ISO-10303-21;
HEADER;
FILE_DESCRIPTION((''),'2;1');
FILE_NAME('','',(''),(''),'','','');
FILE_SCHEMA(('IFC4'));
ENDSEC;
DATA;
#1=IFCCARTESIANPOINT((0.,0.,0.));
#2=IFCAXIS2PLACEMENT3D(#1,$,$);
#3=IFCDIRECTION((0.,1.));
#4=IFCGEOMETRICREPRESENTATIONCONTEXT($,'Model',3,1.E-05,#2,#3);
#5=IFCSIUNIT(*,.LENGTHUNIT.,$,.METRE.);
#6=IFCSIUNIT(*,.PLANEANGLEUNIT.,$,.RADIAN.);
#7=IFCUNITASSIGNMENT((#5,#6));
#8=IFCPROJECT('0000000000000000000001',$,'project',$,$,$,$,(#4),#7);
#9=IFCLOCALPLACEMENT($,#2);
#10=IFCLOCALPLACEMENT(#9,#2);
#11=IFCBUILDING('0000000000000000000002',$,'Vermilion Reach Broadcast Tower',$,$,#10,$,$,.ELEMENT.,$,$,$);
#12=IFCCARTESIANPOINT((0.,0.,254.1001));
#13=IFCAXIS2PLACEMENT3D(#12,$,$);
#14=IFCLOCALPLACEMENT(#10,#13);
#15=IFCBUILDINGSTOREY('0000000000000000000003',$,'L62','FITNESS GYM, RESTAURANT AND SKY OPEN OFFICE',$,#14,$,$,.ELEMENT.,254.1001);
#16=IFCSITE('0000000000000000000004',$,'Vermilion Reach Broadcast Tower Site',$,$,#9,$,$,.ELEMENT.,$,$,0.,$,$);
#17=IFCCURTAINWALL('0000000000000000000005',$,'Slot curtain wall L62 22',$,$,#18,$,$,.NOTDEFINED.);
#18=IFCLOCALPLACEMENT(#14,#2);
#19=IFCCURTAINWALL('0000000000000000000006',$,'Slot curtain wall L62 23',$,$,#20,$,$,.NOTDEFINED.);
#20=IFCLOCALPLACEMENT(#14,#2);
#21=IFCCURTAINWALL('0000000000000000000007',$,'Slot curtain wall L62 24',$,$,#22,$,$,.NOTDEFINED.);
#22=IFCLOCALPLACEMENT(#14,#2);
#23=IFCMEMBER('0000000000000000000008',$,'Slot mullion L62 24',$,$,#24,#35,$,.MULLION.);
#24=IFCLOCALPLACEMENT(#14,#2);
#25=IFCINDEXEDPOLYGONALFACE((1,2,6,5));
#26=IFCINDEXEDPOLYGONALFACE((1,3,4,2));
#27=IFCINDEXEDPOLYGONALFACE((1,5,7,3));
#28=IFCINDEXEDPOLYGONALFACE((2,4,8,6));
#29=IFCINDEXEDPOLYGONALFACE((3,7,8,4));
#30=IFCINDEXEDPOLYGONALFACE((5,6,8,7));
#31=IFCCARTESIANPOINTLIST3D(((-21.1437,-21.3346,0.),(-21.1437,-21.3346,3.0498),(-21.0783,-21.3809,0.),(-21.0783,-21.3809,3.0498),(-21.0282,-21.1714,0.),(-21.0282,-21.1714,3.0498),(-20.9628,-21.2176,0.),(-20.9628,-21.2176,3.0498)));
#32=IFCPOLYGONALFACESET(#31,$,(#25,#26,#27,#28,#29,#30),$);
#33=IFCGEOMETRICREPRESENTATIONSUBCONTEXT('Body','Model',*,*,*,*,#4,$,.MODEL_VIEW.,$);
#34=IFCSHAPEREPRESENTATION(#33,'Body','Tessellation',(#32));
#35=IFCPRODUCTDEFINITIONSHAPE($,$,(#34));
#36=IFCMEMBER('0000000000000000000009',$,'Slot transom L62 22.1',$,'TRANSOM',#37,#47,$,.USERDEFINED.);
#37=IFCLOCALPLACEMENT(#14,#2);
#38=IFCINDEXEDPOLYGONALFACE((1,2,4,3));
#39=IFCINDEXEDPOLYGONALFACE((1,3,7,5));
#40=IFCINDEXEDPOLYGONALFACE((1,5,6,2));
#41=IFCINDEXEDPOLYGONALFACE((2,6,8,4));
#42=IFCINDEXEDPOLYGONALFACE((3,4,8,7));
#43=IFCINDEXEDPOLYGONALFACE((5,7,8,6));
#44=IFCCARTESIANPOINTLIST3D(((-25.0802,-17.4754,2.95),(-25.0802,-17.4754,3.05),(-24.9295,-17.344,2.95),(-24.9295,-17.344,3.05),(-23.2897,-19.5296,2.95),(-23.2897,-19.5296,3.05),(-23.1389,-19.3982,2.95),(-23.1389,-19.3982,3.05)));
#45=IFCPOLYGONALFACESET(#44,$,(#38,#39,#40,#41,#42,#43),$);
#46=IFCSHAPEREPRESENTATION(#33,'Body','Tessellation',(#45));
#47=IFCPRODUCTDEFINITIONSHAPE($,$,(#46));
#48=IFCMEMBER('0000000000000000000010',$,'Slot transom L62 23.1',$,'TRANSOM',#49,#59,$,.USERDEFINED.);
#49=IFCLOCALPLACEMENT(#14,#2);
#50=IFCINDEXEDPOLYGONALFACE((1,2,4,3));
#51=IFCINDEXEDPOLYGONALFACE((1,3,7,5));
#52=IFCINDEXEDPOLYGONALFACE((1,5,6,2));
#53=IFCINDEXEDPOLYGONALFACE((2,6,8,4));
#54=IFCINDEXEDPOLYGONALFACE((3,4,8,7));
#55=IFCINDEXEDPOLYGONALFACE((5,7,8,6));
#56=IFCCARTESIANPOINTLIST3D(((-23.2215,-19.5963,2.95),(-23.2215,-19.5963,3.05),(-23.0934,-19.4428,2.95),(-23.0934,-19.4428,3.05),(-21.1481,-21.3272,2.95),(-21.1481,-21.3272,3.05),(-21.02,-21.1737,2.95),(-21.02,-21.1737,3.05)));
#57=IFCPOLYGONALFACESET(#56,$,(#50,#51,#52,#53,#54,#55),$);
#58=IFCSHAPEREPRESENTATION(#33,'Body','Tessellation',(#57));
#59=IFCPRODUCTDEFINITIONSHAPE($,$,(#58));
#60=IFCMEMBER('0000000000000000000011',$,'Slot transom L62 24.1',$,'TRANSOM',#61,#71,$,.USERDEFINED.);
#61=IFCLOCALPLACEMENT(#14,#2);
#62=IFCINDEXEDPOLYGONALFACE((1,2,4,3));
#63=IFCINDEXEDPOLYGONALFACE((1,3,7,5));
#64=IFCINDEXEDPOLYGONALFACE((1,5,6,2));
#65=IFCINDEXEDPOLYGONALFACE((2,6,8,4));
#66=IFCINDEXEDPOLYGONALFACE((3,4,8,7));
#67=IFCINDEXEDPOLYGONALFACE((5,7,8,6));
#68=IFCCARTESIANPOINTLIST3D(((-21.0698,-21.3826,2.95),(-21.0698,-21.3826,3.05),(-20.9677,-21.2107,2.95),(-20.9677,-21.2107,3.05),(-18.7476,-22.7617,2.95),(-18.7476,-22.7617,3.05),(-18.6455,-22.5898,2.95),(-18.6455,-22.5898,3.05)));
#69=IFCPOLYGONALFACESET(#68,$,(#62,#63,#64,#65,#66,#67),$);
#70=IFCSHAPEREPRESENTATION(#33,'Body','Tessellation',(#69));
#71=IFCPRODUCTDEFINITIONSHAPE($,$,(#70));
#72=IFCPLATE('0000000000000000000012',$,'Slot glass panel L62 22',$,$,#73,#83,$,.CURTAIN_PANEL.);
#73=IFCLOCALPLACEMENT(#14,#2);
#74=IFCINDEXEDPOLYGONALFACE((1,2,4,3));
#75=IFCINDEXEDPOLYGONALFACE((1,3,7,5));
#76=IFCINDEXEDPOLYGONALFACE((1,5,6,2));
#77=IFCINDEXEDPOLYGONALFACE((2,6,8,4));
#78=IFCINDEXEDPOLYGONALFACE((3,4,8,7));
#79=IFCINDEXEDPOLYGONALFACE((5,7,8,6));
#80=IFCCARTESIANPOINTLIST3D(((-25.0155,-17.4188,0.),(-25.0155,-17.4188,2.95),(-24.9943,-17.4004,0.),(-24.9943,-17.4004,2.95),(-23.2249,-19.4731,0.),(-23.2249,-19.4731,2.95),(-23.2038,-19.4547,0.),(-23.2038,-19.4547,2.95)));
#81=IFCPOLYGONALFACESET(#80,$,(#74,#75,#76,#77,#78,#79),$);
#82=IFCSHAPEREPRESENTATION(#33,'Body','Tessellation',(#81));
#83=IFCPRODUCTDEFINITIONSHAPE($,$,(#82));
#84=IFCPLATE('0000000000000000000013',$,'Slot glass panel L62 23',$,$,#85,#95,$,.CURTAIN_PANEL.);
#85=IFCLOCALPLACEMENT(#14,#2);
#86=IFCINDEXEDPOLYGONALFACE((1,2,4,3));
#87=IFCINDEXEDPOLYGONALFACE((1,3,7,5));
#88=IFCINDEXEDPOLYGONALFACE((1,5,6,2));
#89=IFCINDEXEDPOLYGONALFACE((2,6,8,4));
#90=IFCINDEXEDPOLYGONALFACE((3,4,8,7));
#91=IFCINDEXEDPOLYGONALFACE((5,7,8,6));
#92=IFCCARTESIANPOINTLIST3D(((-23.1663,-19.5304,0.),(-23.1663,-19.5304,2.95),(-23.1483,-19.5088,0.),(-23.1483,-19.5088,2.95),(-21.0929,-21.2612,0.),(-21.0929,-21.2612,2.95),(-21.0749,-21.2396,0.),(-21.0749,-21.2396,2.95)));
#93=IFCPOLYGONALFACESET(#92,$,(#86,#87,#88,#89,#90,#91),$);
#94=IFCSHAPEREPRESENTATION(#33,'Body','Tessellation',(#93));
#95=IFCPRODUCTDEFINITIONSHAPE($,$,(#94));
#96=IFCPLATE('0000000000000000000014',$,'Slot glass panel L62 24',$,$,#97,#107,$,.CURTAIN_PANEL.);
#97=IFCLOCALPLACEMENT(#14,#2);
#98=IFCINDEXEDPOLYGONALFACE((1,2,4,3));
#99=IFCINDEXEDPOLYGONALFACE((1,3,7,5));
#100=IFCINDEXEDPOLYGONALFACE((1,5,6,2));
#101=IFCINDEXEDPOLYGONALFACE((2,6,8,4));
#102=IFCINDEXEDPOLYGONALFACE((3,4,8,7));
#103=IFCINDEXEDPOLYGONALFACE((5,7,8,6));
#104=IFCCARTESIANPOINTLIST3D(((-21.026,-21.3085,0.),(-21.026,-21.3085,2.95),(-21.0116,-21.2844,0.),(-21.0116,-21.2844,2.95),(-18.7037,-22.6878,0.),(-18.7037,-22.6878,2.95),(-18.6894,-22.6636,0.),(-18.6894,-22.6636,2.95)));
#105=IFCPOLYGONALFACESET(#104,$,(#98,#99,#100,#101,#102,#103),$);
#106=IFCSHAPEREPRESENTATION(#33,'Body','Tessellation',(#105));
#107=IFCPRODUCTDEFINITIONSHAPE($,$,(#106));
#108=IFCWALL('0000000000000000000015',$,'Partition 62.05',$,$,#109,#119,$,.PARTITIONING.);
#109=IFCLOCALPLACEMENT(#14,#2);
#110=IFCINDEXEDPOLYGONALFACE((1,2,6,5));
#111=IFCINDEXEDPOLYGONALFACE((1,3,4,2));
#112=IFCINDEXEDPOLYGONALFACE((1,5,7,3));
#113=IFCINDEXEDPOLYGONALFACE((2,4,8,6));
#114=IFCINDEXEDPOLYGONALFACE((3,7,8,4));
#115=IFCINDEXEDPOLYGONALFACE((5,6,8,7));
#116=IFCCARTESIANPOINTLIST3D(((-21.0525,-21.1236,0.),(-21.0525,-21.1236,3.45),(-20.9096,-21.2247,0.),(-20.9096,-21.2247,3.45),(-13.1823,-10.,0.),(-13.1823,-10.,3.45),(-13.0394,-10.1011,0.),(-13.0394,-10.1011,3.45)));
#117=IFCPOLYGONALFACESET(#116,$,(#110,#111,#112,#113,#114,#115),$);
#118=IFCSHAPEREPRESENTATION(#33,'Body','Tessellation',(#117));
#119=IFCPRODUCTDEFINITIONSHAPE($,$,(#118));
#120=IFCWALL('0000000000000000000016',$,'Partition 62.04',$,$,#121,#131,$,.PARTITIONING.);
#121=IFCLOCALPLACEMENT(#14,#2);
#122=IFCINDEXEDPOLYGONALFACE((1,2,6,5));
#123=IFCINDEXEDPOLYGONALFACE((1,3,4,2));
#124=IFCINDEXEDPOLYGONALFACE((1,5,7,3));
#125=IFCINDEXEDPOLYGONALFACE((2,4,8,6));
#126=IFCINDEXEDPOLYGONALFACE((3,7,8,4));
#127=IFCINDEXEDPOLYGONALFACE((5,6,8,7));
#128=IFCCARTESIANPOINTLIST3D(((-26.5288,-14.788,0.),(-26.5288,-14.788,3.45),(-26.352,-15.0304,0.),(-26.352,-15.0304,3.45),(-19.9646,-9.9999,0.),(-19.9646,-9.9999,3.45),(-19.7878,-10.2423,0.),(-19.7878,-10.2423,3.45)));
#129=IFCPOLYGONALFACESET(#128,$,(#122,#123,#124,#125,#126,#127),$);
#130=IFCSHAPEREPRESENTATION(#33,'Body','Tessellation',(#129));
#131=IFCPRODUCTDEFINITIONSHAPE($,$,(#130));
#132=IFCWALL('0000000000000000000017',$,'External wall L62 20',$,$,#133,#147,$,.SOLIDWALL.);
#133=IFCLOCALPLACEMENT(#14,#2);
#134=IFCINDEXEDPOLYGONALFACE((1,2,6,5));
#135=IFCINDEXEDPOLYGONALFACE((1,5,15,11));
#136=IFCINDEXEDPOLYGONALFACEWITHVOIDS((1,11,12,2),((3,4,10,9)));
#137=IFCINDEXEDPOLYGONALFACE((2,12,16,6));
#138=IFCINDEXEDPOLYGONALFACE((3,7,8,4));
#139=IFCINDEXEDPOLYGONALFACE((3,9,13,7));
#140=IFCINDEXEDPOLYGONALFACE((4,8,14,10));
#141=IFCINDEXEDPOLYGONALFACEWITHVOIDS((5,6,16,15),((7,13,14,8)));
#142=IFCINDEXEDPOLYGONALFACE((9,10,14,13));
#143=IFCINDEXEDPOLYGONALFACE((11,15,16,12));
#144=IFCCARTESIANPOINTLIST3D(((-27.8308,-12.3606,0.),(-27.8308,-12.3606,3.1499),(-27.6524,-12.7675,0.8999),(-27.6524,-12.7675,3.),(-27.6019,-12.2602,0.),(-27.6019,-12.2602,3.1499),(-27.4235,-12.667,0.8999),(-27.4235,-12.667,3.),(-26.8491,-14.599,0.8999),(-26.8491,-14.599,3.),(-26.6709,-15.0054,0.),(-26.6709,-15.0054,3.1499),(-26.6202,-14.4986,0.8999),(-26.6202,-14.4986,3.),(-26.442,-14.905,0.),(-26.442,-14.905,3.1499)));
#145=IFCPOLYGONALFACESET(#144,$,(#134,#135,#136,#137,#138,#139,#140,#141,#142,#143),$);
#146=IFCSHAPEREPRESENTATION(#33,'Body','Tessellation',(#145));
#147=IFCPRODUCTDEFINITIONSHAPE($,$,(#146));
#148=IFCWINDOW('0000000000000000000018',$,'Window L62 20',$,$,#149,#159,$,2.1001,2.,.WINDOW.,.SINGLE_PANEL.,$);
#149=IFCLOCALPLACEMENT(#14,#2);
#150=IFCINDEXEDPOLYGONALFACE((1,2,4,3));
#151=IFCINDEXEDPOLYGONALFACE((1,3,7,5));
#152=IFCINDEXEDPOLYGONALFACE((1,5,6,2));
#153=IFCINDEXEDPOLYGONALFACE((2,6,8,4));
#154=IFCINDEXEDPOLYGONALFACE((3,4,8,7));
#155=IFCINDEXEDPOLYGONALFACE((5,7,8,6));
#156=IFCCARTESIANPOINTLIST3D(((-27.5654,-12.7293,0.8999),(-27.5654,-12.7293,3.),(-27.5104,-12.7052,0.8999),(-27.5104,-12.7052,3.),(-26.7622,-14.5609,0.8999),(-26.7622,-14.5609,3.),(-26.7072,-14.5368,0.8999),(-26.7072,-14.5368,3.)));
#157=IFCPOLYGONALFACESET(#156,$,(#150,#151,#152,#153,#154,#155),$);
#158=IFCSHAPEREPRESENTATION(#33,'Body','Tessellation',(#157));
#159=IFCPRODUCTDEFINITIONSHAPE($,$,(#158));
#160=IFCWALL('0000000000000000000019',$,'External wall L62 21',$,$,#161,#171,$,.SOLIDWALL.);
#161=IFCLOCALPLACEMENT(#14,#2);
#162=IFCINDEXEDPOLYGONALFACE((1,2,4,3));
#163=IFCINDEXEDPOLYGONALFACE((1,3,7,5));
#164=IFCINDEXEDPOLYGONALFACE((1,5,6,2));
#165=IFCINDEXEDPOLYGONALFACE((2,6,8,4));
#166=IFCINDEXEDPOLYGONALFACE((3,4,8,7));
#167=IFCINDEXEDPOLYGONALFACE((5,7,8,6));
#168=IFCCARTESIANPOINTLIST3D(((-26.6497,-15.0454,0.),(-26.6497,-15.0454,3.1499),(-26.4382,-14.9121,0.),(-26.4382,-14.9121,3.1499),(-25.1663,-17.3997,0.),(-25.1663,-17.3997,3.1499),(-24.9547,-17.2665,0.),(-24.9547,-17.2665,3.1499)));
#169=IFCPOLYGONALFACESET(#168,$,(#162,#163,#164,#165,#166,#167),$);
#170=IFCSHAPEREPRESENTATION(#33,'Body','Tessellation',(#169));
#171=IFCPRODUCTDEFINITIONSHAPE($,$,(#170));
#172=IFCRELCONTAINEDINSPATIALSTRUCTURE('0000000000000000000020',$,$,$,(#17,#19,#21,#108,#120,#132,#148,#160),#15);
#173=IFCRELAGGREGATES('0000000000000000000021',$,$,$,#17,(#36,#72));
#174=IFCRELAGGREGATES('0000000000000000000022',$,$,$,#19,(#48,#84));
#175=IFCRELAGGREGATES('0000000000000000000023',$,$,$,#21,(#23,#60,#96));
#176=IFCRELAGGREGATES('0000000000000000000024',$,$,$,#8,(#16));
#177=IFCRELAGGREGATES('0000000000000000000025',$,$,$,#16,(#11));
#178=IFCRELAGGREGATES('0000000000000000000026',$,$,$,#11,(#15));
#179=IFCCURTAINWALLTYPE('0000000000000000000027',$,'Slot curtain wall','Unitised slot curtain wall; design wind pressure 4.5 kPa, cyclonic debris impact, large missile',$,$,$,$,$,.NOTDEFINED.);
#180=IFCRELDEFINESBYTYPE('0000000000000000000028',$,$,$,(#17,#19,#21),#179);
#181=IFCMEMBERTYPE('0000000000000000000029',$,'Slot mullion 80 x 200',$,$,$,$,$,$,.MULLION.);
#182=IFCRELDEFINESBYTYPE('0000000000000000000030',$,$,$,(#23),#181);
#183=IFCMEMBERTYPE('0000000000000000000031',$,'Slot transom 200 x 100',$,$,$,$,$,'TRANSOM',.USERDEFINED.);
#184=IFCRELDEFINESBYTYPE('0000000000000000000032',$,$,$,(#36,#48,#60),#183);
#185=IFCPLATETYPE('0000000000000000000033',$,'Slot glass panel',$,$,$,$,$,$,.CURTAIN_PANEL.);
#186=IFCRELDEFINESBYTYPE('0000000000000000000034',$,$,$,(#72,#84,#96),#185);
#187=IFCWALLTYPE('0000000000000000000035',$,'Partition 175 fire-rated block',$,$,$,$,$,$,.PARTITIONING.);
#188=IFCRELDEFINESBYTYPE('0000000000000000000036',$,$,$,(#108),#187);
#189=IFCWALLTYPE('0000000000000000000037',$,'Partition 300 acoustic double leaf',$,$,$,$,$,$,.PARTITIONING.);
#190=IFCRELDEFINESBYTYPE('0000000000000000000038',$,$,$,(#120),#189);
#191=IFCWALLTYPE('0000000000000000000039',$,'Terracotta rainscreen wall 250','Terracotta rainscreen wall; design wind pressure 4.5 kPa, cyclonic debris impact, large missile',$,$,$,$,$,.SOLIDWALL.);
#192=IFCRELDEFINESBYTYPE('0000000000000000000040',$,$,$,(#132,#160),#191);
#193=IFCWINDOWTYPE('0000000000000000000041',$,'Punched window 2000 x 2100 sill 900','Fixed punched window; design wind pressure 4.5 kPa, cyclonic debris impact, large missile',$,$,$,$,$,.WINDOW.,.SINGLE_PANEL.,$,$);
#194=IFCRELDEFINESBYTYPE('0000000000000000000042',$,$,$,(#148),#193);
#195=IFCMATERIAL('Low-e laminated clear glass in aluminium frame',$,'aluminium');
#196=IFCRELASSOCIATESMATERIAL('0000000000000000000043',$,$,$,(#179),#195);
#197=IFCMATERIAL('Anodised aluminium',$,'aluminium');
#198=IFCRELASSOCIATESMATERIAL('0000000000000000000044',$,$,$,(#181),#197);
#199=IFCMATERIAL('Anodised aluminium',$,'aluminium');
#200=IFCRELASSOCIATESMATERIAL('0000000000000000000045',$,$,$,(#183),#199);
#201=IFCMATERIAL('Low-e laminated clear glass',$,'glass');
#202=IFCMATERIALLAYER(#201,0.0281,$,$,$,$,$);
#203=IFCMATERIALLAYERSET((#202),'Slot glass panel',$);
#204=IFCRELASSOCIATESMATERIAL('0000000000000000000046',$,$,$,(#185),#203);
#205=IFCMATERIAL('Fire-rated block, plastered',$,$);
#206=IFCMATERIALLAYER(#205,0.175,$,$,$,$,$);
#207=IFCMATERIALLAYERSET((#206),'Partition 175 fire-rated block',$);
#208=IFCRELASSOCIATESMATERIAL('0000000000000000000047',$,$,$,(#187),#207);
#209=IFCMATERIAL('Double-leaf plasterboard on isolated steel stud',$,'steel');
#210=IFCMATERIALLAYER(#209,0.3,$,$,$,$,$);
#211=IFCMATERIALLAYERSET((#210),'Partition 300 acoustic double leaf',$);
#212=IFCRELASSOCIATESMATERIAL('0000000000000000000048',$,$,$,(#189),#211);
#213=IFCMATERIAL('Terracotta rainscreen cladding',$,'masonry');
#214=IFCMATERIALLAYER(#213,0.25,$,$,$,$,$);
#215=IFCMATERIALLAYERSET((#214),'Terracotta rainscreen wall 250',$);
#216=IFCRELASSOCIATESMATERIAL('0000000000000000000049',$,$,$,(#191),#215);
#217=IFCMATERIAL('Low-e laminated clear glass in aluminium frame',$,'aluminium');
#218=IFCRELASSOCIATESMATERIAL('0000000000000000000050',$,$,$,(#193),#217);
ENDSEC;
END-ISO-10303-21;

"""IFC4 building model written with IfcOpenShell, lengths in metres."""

from ifc_helpers import new_model, si_unit, direction, frame, frame_2d, origin, origin_2d, place, context, subcontext, project, spatial, rectangle, extrude, material, layer, layer_set, material_profile, profile_set, type_object, element, fill, aggregate, save


model = new_model("IFC4")

# Units and contexts
model_context = context("Model", 3, precision=1e-05, world=origin(), true_north=direction((0.0, 1.0)))
body_context = subcontext(model_context, "Body", "Model", "MODEL_VIEW")
ifc_project = project(units=[si_unit("LENGTHUNIT", "METRE"), si_unit("PLANEANGLEUNIT", "RADIAN")], contexts=[model_context])

# Site, building, storey
site_placement = place(None, origin())
site = spatial("IfcSite", under=ifc_project, at=site_placement, Name="Vermilion Reach Broadcast Tower Site", CompositionType="ELEMENT", RefElevation=0.0)
building_placement = place(site_placement, origin())
building = spatial("IfcBuilding", under=site, at=building_placement, Name="Vermilion Reach Broadcast Tower", CompositionType="ELEMENT")
storey_placement = place(building_placement, frame((0.0, 0.0, 254.1001)))
storey = spatial("IfcBuildingStorey", under=building, at=storey_placement, Name="L62", Description="FITNESS GYM, RESTAURANT AND SKY OPEN OFFICE", CompositionType="ELEMENT", Elevation=254.1001)

# Curtain walls, member
ifc_material_1 = material(Name="Low-e laminated clear glass in aluminium frame", Category="aluminium")
curtain_wall_type = type_object("IfcCurtainWallType", Name="Slot curtain wall", Description="Unitised slot curtain wall; design wind pressure 4.5 kPa, cyclonic debris impact, large missile", PredefinedType="NOTDEFINED", material=ifc_material_1)
placement = place(storey_placement, origin())
curtain_wall_1 = element("IfcCurtainWall", 1, at=placement, inside=storey, type_object=curtain_wall_type, Name="Slot curtain wall L62 22", PredefinedType="NOTDEFINED")
ifc_material_2 = material(Name="Anodised aluminium", Category="aluminium")
ifc_material_profile_1 = material_profile(ifc_material_2, rectangle(XDim=0.2, YDim=0.0801, at=origin_2d()), Name="Slot mullion 80 x 200")
ifc_profile_set_1 = profile_set([ifc_material_profile_1], Name="Anodised aluminium")
member_type_1 = type_object("IfcMemberType", Name="Slot mullion 80 x 200", PredefinedType="MULLION", material=ifc_profile_set_1)
curtain_wall_2 = element("IfcCurtainWall", 2, at=placement, inside=storey, type_object=curtain_wall_type, Name="Slot curtain wall L62 23", PredefinedType="NOTDEFINED")
curtain_wall_3 = element("IfcCurtainWall", 3, at=placement, inside=storey, type_object=curtain_wall_type, Name="Slot curtain wall L62 24", PredefinedType="NOTDEFINED")
member_1_placement = place(storey_placement, frame((-21.0532, -21.2761, 0.0), z_axis=(0.0, 0.0, 1.0), x_axis=(0.577573, 0.816339, 0.0)))
member_1 = element("IfcMember", 4, at=member_1_placement, type_object=member_type_1, Name="Slot mullion L62 24", PredefinedType="MULLION", context=body_context, shape_type="SweptSolid", body=[
    extrude(rectangle(XDim=0.2, YDim=0.0801, at=origin_2d()), origin(), (0.0, 0.0, 1.0), 3.0498),
])

# Members
ifc_material_3 = material(Name="Anodised aluminium", Category="aluminium")
ifc_material_profile_2 = material_profile(ifc_material_3, rectangle(XDim=0.2, YDim=0.1001, at=origin_2d()), Name="Slot transom 200 x 100")
ifc_profile_set_2 = profile_set([ifc_material_profile_2], Name="Anodised aluminium")
member_type_2 = type_object("IfcMemberType", Name="Slot transom 200 x 100", ElementType="TRANSOM", PredefinedType="USERDEFINED", material=ifc_profile_set_2)
member_2_placement = place(storey_placement, frame((-25.0049, -17.4097, 3.0), z_axis=(0.65707, -0.75383, 0.0), x_axis=(0.75383, 0.65707, 0.0)))
member_2 = element("IfcMember", 5, at=member_2_placement, type_object=member_type_2, Name="Slot transom L62 22.1", ObjectType="TRANSOM", PredefinedType="USERDEFINED", context=body_context, shape_type="SweptSolid", body=[
    extrude(rectangle(XDim=0.2, YDim=0.1001, at=origin_2d()), origin(), (0.0, 0.0, 1.0), 2.7251),
])
member_3_placement = place(storey_placement, frame((-23.1575, -19.5195, 3.0), z_axis=(0.767665, -0.640851, 0.0), x_axis=(0.640851, 0.767665, 0.0)))
member_3 = element("IfcMember", 6, at=member_3_placement, type_object=member_type_2, Name="Slot transom L62 23.1", ObjectType="TRANSOM", PredefinedType="USERDEFINED", context=body_context, shape_type="SweptSolid", body=[
    extrude(rectangle(XDim=0.2, YDim=0.1001, at=origin_2d()), origin(), (0.0, 0.0, 1.0), 2.7009),
])
member_4_placement = place(storey_placement, frame((-21.0188, -21.2966, 3.0), z_axis=(0.859805, -0.510622, 0.0), x_axis=(0.510622, 0.859805, 0.0)))
member_4 = element("IfcMember", 7, at=member_4_placement, type_object=member_type_2, Name="Slot transom L62 24.1", ObjectType="TRANSOM", PredefinedType="USERDEFINED", context=body_context, shape_type="SweptSolid", body=[
    extrude(rectangle(XDim=0.2, YDim=0.1001, at=origin_2d()), origin(), (0.0, 0.0, 1.0), 2.7009),
])

# Plates
ifc_material_4 = material(Name="Low-e laminated clear glass", Category="glass")
ifc_layer_1 = layer(ifc_material_4, 0.0281)
ifc_layer_set_1 = layer_set([ifc_layer_1], Name="Slot glass panel")
plate_type = type_object("IfcPlateType", Name="Slot glass panel", PredefinedType="CURTAIN_PANEL", material=ifc_layer_set_1)
plate_1_placement = place(storey_placement, frame((-24.1096, -18.4368, 0.0), z_axis=(0.0, 0.0, 1.0), x_axis=(0.657052, -0.753845, 0.0)))
plate_1 = element("IfcPlate", 8, at=plate_1_placement, type_object=plate_type, Name="Slot glass panel L62 22", PredefinedType="CURTAIN_PANEL", context=body_context, shape_type="SweptSolid", body=[
    extrude(rectangle(XDim=2.7251, YDim=0.0281, at=origin_2d()), origin(), (0.0, 0.0, 1.0), 2.95),
])
aggregate(curtain_wall_1, [member_2, plate_1])
plate_2_placement = place(storey_placement, frame((-22.1206, -20.385, 0.0), z_axis=(0.0, 0.0, 1.0), x_axis=(0.767688, -0.640823, 0.0)))
plate_2 = element("IfcPlate", 9, at=plate_2_placement, type_object=plate_type, Name="Slot glass panel L62 23", PredefinedType="CURTAIN_PANEL", context=body_context, shape_type="SweptSolid", body=[
    extrude(rectangle(XDim=2.7009, YDim=0.0281, at=origin_2d()), origin(), (0.0, 0.0, 1.0), 2.95),
])
aggregate(curtain_wall_2, [member_3, plate_2])
plate_3_placement = place(storey_placement, frame((-19.8577, -21.9861, 0.0), z_axis=(0.0, 0.0, 1.0), x_axis=(0.859792, -0.510645, 0.0)))
plate_3 = element("IfcPlate", 10, at=plate_3_placement, type_object=plate_type, Name="Slot glass panel L62 24", PredefinedType="CURTAIN_PANEL", context=body_context, shape_type="SweptSolid", body=[
    extrude(rectangle(XDim=2.7009, YDim=0.0281, at=origin_2d()), origin(), (0.0, 0.0, 1.0), 2.95),
])
aggregate(curtain_wall_3, [member_1, member_4, plate_3])

# Walls
ifc_material_5 = material(Name="Fire-rated block, plastered")
ifc_layer_2 = layer(ifc_material_5, 0.175)
ifc_layer_set_2 = layer_set([ifc_layer_2], Name="Partition 175 fire-rated block")
wall_type_1 = type_object("IfcWallType", Name="Partition 175 fire-rated block", PredefinedType="PARTITIONING", material=ifc_layer_set_2)
wall_1_placement = place(storey_placement, frame((-20.981, -21.1741, 0.0), z_axis=(0.0, 0.0, 1.0), x_axis=(0.577575, 0.816338, 0.0)))
element("IfcWall", 11, at=wall_1_placement, inside=storey, type_object=wall_type_1, Name="Partition 62.05", PredefinedType="PARTITIONING", context=body_context, shape_type="SweptSolid", body=[
    extrude(rectangle(XDim=13.6262, YDim=0.175, at=frame_2d((6.813, 0.0))), origin(), (0.0, 0.0, 1.0), 3.45),
])
ifc_material_6 = material(Name="Double-leaf plasterboard on isolated steel stud", Category="steel")
ifc_layer_3 = layer(ifc_material_6, 0.3)
ifc_layer_set_3 = layer_set([ifc_layer_3], Name="Partition 300 acoustic double leaf")
wall_type_2 = type_object("IfcWallType", Name="Partition 300 acoustic double leaf", PredefinedType="PARTITIONING", material=ifc_layer_set_3)
wall_2_placement = place(storey_placement, frame((-26.4404, -14.9092, 0.0), z_axis=(0.0, 0.0, 1.0), x_axis=(0.807909, 0.589307, 0.0)))
element("IfcWall", 12, at=wall_2_placement, inside=storey, type_object=wall_type_2, Name="Partition 62.04", PredefinedType="PARTITIONING", context=body_context, shape_type="SweptSolid", body=[
    extrude(rectangle(XDim=8.125, YDim=0.3, at=frame_2d((4.0625, 0.0))), origin(), (0.0, 0.0, 1.0), 3.45),
])

# Wall, opening, window
ifc_material_7 = material(Name="Terracotta rainscreen cladding", Category="masonry")
ifc_layer_4 = layer(ifc_material_7, 0.25)
ifc_layer_set_4 = layer_set([ifc_layer_4], Name="Terracotta rainscreen wall 250")
wall_type_3 = type_object("IfcWallType", Name="Terracotta rainscreen wall 250", Description="Terracotta rainscreen wall; design wind pressure 4.5 kPa, cyclonic debris impact, large missile", PredefinedType="SOLIDWALL", material=ifc_layer_set_4)
wall_3_placement = place(storey_placement, frame((-27.7163, -12.3105, 0.0), z_axis=(0.0, 0.0, 1.0), x_axis=(0.401639, -0.915798, 0.0)))
wall_3 = element("IfcWall", 13, at=wall_3_placement, inside=storey, type_object=wall_type_3, Name="External wall L62 20", PredefinedType="SOLIDWALL", context=body_context, shape_type="SweptSolid", body=[
    extrude(rectangle(XDim=2.8879, YDim=0.25, at=frame_2d((1.4438, 0.0))), origin(), (0.0, 0.0, 1.0), 3.1499),
])
opening_placement = place(wall_3_placement, frame((0.4441, 0.0, 0.8999)))
opening = element("IfcOpeningElement", 14, at=opening_placement, cuts=wall_3, PredefinedType="OPENING", context=body_context, shape_type="SweptSolid", body=[
    extrude(rectangle(XDim=2.0, YDim=2.1001, at=frame_2d((1.0, 1.05))), frame((0.0, 0.135, 0.0), z_axis=(0.0, -1.0, 0.0), x_axis=(1.0, 0.0, 0.0)), (0.0, 0.0, 1.0), 0.27),
])
ifc_material_8 = material(Name="Low-e laminated clear glass in aluminium frame", Category="aluminium")
window_type = type_object("IfcWindowType", Name="Punched window 2000 x 2100 sill 900", Description="Fixed punched window; design wind pressure 4.5 kPa, cyclonic debris impact, large missile", PartitioningType="SINGLE_PANEL", PredefinedType="WINDOW", material=ifc_material_8)
window_placement = place(opening_placement, origin())
window = element("IfcWindow", 15, at=window_placement, inside=storey, type_object=window_type, Name="Window L62 20", OverallHeight=2.1001, OverallWidth=2.0, PartitioningType="SINGLE_PANEL", PredefinedType="WINDOW", context=body_context, shape_type="SweptSolid", body=[
    extrude(rectangle(XDim=2.0, YDim=2.1001, at=frame_2d((1.0, 1.05))), frame((0.0, 0.03, 0.0), z_axis=(0.0, -1.0, 0.0), x_axis=(1.0, 0.0, 0.0)), (0.0, 0.0, 1.0), 0.0601),
])
fill(opening, window)

# Wall
wall_4_placement = place(storey_placement, frame((-26.5439, -14.9788, 0.0), z_axis=(0.0, 0.0, 1.0), x_axis=(0.533095, -0.846056, 0.0)))
element("IfcWall", 16, at=wall_4_placement, inside=storey, type_object=wall_type_3, Name="External wall L62 21", PredefinedType="SOLIDWALL", context=body_context, shape_type="SweptSolid", body=[
    extrude(rectangle(XDim=2.7827, YDim=0.25, at=frame_2d((1.3914, 0.0))), origin(), (0.0, 0.0, 1.0), 3.1499),
])

save(model, "model.ifc")
